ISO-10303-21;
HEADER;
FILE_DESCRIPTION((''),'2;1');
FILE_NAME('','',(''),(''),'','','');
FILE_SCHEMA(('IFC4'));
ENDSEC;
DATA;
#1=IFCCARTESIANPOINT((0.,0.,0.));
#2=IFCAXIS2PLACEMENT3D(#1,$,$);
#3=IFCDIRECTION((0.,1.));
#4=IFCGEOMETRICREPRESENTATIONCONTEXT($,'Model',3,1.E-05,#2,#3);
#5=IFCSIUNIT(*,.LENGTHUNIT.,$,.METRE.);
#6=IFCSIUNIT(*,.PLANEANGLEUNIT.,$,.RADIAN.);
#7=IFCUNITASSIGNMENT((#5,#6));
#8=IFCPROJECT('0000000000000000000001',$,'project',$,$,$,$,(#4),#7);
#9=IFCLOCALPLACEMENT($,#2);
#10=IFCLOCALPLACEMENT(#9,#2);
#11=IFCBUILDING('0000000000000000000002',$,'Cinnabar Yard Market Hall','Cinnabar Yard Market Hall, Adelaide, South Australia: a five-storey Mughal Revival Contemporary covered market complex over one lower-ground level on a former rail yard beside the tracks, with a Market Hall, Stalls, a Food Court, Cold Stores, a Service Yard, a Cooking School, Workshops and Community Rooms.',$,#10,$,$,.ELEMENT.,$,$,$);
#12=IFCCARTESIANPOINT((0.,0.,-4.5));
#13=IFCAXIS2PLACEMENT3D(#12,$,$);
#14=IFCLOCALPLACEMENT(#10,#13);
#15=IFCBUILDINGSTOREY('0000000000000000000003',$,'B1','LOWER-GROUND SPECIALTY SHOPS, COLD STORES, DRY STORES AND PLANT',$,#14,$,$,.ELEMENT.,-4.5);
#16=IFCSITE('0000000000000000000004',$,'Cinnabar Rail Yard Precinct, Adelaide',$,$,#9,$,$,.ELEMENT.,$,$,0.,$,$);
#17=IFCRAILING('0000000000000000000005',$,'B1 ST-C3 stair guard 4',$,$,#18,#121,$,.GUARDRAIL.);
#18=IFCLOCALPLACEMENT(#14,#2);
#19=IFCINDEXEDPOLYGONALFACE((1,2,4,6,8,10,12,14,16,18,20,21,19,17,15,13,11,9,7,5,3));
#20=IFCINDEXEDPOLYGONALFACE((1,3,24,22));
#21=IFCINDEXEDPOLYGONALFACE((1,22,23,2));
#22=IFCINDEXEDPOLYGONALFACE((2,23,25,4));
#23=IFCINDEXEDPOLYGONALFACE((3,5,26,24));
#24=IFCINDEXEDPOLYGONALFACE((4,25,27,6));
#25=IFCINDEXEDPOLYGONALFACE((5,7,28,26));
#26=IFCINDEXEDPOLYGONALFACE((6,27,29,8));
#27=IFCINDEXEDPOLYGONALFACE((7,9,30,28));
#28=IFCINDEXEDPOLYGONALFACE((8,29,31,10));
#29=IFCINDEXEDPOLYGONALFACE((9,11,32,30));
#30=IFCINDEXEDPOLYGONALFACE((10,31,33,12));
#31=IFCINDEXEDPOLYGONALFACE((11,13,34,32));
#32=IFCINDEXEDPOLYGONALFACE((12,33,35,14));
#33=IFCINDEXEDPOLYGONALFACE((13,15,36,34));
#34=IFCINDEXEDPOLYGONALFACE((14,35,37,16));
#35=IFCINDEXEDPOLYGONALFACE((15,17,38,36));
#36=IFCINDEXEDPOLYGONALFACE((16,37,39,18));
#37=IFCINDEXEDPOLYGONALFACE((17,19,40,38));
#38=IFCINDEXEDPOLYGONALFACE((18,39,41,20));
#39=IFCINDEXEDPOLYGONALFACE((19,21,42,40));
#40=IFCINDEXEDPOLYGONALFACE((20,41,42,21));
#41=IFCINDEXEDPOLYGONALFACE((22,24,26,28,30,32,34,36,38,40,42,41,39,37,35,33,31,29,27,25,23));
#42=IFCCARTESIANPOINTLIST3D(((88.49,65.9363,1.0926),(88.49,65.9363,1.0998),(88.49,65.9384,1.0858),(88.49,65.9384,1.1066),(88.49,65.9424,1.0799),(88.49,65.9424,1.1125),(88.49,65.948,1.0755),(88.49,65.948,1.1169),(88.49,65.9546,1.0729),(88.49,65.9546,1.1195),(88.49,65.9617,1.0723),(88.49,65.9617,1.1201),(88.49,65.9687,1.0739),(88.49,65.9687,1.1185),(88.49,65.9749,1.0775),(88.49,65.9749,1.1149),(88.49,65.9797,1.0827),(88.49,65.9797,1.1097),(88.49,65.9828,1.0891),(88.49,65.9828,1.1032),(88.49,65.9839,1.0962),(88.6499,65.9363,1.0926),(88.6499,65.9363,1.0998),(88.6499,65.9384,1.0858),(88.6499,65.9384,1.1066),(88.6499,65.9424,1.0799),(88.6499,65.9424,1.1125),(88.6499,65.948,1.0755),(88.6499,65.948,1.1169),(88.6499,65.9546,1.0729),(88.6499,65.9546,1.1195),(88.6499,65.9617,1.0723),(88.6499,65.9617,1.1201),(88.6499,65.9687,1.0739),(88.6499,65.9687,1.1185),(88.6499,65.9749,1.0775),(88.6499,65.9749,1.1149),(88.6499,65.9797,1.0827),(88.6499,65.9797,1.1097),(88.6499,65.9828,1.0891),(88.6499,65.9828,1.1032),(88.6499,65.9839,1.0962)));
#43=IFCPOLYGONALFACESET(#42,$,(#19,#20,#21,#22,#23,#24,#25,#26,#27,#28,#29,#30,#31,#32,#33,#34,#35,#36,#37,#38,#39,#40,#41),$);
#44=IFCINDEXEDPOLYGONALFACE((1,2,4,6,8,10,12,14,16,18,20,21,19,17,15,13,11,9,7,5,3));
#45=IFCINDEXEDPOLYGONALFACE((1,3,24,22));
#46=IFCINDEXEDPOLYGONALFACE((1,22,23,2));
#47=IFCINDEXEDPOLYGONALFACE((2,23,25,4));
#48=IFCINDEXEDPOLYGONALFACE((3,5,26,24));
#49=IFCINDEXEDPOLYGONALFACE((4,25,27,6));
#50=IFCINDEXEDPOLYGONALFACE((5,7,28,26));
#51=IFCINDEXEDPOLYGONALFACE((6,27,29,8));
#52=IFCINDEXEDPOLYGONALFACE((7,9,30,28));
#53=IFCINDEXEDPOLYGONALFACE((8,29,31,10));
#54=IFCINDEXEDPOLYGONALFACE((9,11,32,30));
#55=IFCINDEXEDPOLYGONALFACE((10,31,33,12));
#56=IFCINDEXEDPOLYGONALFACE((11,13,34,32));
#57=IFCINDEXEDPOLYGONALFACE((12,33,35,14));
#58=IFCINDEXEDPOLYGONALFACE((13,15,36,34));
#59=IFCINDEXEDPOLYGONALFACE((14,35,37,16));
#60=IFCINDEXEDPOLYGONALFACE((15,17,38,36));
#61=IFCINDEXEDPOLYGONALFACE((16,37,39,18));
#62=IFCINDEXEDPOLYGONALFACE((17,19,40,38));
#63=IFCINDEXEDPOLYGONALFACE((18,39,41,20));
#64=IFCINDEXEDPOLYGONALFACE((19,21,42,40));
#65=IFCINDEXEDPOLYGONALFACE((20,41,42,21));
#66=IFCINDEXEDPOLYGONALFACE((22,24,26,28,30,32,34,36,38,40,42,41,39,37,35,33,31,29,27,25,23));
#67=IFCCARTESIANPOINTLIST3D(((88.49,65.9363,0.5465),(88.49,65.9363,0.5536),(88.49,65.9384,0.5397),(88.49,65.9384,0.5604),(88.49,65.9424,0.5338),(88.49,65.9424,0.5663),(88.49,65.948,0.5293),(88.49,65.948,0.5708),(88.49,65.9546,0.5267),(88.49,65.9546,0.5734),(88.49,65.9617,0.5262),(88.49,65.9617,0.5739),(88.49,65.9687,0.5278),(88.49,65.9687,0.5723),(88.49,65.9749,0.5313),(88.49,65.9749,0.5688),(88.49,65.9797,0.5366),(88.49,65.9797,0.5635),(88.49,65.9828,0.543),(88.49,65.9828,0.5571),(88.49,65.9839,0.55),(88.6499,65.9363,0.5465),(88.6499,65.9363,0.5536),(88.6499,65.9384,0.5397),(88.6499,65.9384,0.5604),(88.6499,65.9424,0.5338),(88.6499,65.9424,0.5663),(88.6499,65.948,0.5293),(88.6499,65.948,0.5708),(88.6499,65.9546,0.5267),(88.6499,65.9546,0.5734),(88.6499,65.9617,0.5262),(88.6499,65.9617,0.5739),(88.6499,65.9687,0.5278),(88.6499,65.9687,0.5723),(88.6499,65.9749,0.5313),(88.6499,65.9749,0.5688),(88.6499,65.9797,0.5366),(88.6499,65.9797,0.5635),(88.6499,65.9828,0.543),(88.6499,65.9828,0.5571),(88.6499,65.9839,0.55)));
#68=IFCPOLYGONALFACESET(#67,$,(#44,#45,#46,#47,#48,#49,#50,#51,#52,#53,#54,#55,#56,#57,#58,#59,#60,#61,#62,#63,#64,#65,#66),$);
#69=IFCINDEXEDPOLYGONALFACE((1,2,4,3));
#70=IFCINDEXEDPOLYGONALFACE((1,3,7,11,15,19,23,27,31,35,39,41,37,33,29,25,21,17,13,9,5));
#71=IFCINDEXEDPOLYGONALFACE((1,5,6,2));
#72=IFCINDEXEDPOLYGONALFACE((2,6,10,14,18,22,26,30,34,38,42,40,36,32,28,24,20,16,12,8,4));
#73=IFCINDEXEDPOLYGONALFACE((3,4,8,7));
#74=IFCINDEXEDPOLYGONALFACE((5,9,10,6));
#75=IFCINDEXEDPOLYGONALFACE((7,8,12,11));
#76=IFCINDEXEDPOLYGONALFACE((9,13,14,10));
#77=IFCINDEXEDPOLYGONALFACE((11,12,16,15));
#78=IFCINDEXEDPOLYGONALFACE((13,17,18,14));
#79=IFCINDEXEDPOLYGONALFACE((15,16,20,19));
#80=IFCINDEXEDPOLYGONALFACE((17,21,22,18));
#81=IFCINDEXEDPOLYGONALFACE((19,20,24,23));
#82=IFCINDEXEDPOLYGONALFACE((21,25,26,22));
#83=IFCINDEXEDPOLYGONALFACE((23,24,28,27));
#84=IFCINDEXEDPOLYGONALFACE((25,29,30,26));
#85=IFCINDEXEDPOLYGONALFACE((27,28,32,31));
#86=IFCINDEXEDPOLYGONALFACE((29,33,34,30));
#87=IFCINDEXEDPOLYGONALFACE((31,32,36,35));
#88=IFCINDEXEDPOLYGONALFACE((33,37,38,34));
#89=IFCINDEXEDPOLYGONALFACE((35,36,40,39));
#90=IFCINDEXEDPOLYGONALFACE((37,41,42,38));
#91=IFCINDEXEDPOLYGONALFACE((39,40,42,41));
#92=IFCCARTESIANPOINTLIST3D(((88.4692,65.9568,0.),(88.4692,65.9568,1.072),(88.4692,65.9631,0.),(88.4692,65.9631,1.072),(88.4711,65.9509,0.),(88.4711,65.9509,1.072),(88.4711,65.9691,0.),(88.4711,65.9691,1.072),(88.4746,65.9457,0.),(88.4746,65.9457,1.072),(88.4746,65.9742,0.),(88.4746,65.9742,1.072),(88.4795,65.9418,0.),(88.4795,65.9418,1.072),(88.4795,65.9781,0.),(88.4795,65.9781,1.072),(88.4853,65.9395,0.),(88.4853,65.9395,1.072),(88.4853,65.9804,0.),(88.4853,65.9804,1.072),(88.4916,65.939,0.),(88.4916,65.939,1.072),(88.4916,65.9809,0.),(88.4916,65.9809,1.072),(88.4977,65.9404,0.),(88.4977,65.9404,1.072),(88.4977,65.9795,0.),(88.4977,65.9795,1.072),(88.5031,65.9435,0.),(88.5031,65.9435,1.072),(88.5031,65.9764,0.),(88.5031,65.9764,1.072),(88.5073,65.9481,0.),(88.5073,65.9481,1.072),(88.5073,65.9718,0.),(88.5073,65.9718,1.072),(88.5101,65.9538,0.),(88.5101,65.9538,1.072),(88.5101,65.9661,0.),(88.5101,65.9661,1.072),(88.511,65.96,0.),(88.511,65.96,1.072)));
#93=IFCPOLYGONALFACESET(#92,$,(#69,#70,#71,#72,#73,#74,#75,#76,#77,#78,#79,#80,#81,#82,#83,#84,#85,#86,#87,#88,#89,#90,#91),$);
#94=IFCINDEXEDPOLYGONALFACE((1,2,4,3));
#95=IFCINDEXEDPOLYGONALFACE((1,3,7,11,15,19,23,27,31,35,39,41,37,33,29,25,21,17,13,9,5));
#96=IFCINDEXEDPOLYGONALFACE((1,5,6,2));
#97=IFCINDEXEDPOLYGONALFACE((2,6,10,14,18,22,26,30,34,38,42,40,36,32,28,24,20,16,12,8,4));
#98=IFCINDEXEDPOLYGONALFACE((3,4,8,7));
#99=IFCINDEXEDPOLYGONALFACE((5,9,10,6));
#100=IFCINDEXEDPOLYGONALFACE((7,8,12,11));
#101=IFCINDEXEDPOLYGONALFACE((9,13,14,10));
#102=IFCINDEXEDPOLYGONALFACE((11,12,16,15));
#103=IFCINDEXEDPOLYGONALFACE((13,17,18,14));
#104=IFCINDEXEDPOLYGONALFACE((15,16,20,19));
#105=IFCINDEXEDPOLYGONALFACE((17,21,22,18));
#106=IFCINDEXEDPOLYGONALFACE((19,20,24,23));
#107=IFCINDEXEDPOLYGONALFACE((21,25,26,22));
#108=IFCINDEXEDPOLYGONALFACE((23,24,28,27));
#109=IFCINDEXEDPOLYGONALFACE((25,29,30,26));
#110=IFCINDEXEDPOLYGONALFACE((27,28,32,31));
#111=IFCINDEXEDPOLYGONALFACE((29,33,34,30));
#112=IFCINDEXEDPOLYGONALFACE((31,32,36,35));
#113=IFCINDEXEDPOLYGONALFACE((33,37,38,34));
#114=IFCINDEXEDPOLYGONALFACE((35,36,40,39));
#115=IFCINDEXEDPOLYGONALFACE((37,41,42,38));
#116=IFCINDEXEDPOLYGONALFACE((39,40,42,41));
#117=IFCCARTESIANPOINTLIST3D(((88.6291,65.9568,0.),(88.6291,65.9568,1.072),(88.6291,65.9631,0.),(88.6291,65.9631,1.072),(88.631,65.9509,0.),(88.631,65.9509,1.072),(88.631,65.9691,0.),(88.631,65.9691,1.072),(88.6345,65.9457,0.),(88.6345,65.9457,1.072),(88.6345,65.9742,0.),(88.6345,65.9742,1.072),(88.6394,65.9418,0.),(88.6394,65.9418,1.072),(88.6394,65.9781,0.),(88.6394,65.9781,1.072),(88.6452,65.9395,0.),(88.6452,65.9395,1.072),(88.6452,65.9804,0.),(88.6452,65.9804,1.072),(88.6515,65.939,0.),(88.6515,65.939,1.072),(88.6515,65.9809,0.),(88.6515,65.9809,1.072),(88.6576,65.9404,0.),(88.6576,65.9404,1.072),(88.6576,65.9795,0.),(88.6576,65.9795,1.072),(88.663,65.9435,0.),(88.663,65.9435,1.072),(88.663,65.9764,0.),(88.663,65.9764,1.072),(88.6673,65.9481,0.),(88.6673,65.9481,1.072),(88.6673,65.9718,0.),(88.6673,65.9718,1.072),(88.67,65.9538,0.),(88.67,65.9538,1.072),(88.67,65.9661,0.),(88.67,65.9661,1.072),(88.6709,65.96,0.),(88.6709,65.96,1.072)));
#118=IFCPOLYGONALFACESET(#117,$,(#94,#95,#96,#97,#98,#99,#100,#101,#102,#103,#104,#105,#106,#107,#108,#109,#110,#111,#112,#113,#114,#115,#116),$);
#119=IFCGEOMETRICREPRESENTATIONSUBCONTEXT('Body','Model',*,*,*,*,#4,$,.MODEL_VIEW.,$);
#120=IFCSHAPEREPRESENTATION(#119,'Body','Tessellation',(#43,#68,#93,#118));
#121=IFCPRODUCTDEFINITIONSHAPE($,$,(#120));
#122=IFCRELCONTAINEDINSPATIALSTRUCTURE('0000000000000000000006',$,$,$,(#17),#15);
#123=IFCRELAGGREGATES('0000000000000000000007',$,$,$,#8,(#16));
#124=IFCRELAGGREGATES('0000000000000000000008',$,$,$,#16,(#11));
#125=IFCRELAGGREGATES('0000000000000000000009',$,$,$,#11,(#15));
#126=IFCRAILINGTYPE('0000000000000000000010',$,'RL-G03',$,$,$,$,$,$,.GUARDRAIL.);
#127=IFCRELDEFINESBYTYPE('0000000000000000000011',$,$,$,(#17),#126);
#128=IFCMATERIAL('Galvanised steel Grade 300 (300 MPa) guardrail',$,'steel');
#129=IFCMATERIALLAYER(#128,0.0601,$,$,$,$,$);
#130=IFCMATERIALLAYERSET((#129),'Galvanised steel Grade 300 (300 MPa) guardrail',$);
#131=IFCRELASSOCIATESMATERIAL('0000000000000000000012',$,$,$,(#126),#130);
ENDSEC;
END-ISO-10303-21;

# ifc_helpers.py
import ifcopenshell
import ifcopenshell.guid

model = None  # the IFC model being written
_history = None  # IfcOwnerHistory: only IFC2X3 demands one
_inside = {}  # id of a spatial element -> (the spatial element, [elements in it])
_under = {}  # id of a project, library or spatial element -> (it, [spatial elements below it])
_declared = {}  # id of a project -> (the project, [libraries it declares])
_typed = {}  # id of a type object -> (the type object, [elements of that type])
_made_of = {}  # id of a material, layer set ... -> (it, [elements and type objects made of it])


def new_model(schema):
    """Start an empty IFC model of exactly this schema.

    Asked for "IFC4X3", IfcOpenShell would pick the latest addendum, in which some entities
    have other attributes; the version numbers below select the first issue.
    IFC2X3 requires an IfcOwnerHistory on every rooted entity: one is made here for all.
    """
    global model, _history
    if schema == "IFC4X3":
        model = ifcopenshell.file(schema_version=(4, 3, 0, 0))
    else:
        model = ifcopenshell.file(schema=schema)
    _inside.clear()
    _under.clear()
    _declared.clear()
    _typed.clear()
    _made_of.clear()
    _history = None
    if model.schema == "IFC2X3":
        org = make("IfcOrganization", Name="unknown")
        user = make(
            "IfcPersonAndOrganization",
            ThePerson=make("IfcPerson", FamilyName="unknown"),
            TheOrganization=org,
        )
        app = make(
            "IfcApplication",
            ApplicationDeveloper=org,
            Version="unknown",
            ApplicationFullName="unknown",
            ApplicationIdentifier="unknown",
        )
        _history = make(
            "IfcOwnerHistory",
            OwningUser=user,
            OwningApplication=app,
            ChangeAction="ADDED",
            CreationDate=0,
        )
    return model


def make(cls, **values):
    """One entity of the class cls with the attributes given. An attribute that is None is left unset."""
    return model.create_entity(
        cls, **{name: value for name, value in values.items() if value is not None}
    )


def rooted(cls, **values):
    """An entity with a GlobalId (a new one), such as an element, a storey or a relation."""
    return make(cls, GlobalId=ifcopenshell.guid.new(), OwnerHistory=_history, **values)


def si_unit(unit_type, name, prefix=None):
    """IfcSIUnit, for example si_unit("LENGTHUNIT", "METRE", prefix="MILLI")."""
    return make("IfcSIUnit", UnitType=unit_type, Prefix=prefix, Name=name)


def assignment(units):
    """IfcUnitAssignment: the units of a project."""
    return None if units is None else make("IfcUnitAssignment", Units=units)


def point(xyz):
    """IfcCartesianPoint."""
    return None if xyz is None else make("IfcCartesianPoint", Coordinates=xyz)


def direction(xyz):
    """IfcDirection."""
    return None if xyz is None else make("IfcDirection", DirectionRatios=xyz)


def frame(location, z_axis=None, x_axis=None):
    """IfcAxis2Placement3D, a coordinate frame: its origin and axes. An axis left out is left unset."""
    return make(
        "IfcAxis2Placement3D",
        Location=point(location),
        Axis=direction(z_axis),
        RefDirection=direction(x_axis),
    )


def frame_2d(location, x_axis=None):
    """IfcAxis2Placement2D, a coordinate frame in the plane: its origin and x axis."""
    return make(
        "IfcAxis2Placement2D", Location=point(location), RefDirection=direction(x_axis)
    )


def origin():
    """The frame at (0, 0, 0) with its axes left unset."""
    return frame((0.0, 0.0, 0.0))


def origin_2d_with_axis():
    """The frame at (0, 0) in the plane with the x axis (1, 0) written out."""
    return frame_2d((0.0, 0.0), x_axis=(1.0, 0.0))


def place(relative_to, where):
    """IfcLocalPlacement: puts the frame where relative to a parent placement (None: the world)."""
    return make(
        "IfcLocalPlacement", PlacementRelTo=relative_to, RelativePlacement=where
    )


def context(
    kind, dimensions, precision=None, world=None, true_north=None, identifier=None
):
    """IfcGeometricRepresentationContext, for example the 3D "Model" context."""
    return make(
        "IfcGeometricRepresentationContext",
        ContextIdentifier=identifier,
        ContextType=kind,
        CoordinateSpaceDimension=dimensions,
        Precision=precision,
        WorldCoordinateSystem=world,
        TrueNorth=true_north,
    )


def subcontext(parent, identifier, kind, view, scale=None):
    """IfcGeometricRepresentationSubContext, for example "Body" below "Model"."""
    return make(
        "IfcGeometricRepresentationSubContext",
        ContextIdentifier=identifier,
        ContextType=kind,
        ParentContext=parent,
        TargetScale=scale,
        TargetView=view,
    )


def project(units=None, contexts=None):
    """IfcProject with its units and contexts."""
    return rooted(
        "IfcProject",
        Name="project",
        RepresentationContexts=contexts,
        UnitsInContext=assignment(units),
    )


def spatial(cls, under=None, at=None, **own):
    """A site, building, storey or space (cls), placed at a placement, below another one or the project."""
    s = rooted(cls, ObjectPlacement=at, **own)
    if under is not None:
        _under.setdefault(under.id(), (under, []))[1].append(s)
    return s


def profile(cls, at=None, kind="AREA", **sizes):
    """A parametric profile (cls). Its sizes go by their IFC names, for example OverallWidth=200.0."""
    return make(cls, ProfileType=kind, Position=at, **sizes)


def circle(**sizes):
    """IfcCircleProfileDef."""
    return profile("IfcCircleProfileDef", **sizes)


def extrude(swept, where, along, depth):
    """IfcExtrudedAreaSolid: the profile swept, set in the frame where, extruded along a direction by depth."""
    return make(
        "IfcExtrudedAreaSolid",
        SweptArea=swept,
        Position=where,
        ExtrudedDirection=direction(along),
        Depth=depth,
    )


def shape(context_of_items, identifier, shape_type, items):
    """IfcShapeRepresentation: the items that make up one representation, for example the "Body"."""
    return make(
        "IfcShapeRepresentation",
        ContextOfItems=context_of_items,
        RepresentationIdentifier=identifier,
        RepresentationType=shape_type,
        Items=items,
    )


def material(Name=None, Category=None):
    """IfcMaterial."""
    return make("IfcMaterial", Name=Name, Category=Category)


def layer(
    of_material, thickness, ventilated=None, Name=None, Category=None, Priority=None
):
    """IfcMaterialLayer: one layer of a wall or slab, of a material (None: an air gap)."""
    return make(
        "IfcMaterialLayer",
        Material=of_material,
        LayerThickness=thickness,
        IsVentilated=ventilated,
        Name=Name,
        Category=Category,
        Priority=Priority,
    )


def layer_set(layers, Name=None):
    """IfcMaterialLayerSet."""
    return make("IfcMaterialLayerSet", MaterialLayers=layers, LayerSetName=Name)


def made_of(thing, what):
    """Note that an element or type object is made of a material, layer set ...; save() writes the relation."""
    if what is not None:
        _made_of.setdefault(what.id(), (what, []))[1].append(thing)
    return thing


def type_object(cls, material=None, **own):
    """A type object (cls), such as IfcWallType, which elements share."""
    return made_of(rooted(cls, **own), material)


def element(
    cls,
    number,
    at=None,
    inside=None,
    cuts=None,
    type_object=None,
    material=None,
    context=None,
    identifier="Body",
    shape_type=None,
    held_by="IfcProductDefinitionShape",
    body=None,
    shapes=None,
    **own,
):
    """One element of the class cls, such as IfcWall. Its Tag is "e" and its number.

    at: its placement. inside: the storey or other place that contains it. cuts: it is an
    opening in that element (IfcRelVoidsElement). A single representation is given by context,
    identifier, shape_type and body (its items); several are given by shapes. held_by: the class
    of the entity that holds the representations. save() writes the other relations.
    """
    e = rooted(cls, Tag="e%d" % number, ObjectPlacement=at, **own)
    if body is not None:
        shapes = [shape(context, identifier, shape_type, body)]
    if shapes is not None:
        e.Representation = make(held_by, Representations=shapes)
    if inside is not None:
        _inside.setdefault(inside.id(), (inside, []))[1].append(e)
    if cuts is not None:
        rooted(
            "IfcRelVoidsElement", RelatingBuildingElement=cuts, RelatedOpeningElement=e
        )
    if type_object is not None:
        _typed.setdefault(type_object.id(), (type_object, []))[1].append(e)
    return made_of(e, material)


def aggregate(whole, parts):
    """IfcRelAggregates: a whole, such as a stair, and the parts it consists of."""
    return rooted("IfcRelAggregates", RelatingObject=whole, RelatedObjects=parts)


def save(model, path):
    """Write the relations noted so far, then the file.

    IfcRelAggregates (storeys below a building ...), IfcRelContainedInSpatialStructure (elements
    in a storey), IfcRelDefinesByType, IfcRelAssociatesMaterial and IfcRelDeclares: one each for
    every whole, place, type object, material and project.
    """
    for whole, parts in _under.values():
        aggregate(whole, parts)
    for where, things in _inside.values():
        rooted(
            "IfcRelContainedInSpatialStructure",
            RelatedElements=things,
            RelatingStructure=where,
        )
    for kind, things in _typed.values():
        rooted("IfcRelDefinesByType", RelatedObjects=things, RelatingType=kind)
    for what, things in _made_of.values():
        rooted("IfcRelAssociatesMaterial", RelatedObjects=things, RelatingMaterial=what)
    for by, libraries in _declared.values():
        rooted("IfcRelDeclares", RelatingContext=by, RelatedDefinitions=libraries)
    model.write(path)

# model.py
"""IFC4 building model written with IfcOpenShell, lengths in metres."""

from ifc_helpers import new_model, si_unit, direction, frame, origin, origin_2d_with_axis, place, context, subcontext, project, spatial, circle, extrude, material, layer, layer_set, type_object, element, save


model = new_model("IFC4")

# Units and contexts
model_context = context("Model", 3, precision=1e-05, world=origin(), true_north=direction((0.0, 1.0)))
body_context = subcontext(model_context, "Body", "Model", "MODEL_VIEW")
ifc_project = project(units=[si_unit("LENGTHUNIT", "METRE"), si_unit("PLANEANGLEUNIT", "RADIAN")], contexts=[model_context])

# Site, building, storey
site_placement = place(None, origin())
site = spatial("IfcSite", under=ifc_project, at=site_placement, Name="Cinnabar Rail Yard Precinct, Adelaide", CompositionType="ELEMENT", RefElevation=0.0)
building_placement = place(site_placement, origin())
building = spatial("IfcBuilding", under=site, at=building_placement, Name="Cinnabar Yard Market Hall", Description="Cinnabar Yard Market Hall, Adelaide, South Australia: a five-storey Mughal Revival Contemporary covered market complex over one lower-ground level on a former rail yard beside the tracks, with a Market Hall, Stalls, a Food Court, Cold Stores, a Service Yard, a Cooking School, Workshops and Community Rooms.", CompositionType="ELEMENT")
storey_placement = place(building_placement, frame((0.0, 0.0, -4.5)))
storey = spatial("IfcBuildingStorey", under=building, at=storey_placement, Name="B1", Description="LOWER-GROUND SPECIALTY SHOPS, COLD STORES, DRY STORES AND PLANT", CompositionType="ELEMENT", Elevation=-4.5)

# Railing
ifc_material_1 = material(Name="Galvanised steel Grade 300 (300 MPa) guardrail", Category="steel")
ifc_layer_1 = layer(ifc_material_1, 0.0601)
ifc_layer_set_1 = layer_set([ifc_layer_1], Name="Galvanised steel Grade 300 (300 MPa) guardrail")
railing_type_1 = type_object("IfcRailingType", Name="RL-G03", PredefinedType="GUARDRAIL", material=ifc_layer_set_1)
railing_1_placement = place(storey_placement, frame((88.49, 65.96, 0.0)))
element("IfcRailing", 1, at=railing_1_placement, inside=storey, type_object=railing_type_1, Name="B1 ST-C3 stair guard 4", PredefinedType="GUARDRAIL", context=body_context, shape_type="SweptSolid", body=[
    extrude(circle(Radius=0.0239, at=origin_2d_with_axis()), frame((0.0, 0.0, 1.0962), z_axis=(1.0, 0.0, 0.0), x_axis=(0.0, 1.0, 0.0)), (0.0, 0.0, 1.0), 0.1599),
    extrude(circle(Radius=0.0239, at=origin_2d_with_axis()), frame((0.0, 0.0, 0.55), z_axis=(1.0, 0.0, 0.0), x_axis=(0.0, 1.0, 0.0)), (0.0, 0.0, 1.0), 0.1599),
    extrude(circle(Radius=0.021, at=origin_2d_with_axis()), origin(), (0.0, 0.0, 1.0), 1.072),
    extrude(circle(Radius=0.021, at=origin_2d_with_axis()), frame((0.1599, 0.0, 0.0)), (0.0, 0.0, 1.0), 1.072),
])

save(model, "model.ifc")
